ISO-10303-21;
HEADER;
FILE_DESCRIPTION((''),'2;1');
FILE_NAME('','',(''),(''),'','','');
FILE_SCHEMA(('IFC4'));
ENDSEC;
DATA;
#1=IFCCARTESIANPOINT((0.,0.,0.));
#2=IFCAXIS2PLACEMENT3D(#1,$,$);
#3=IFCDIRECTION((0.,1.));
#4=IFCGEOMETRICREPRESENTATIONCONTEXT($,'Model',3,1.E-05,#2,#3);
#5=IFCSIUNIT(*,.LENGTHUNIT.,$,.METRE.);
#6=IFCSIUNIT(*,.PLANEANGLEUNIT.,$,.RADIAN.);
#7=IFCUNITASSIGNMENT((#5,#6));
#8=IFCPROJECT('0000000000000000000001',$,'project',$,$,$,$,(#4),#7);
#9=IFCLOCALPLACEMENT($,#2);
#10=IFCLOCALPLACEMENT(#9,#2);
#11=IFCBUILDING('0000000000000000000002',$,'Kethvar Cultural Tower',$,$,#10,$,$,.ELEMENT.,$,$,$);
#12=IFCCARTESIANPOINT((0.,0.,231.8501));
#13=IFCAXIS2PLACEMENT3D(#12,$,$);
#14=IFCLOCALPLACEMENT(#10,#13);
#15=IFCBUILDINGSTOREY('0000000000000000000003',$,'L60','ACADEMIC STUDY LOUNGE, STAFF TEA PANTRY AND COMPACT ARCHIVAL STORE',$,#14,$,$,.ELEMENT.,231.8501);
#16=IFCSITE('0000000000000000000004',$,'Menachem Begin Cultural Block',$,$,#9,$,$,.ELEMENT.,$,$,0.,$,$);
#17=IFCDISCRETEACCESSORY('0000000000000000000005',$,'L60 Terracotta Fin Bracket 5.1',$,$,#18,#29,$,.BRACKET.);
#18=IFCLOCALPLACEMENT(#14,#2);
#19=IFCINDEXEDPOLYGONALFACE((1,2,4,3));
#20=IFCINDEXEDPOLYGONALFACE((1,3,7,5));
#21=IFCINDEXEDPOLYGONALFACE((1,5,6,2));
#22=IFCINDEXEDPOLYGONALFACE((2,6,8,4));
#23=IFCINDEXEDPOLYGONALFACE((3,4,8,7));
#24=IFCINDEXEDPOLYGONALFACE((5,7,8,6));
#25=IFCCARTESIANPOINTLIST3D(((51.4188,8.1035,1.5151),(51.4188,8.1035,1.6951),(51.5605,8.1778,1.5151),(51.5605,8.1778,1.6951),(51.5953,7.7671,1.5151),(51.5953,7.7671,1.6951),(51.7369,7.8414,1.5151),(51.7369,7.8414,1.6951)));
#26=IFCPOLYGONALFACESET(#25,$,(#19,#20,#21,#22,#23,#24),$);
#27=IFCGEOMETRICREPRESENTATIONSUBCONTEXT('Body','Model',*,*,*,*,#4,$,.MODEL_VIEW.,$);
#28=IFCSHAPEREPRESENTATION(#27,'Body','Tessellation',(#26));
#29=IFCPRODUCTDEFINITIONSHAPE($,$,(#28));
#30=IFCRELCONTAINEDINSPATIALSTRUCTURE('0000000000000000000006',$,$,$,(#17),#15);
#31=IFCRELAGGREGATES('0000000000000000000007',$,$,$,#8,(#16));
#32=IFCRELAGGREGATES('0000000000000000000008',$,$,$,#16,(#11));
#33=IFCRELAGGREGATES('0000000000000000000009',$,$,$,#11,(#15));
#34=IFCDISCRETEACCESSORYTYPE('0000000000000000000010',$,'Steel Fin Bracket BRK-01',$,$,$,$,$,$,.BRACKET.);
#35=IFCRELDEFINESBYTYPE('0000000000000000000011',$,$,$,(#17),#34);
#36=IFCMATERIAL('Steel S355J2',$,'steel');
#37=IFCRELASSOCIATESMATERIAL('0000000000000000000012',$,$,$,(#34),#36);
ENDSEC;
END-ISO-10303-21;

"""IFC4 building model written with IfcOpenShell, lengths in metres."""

from ifc_helpers import new_model, si_unit, direction, frame, origin, origin_2d, place, context, subcontext, project, spatial, rectangle, extrude, source, transform, mapped, material, type_object, element, save


model = new_model("IFC4")

# Units and contexts
model_context = context("Model", 3, precision=1e-05, world=origin(), true_north=direction((0.0, 1.0)))
body_context = subcontext(model_context, "Body", "Model", "MODEL_VIEW")
ifc_project = project(units=[si_unit("LENGTHUNIT", "METRE"), si_unit("PLANEANGLEUNIT", "RADIAN")], contexts=[model_context])

# Site, building, storey
site_placement = place(None, origin())
site = spatial("IfcSite", under=ifc_project, at=site_placement, Name="Menachem Begin Cultural Block", CompositionType="ELEMENT", RefElevation=0.0)
building_placement = place(site_placement, origin())
building = spatial("IfcBuilding", under=site, at=building_placement, Name="Kethvar Cultural Tower", CompositionType="ELEMENT")
storey_placement = place(building_placement, frame((0.0, 0.0, 231.8501)))
storey = spatial("IfcBuildingStorey", under=building, at=storey_placement, Name="L60", Description="ACADEMIC STUDY LOUNGE, STAFF TEA PANTRY AND COMPACT ARCHIVAL STORE", CompositionType="ELEMENT", Elevation=231.8501)

# Shared definitions
ifc_material_1 = material(Name="Steel S355J2", Category="steel")

# Discrete accessory
discrete_accessory_type = type_object("IfcDiscreteAccessoryType", Name="Steel Fin Bracket BRK-01", PredefinedType="BRACKET", material=ifc_material_1)
shared_shape_1 = source(origin(), body_context, "Body", "SweptSolid", [
    extrude(rectangle(XDim=0.3799, YDim=0.1599, at=origin_2d()), origin(), (0.0, 0.0, 1.0), 0.1799),
])
for number, where, z_axis, x_axis, name in (
    (1, (51.5779, 7.9724, 1.5151), (0.0, 0.0, 1.0), (0.464533, -0.885556, 0.0), "L60 Terracotta Fin Bracket 5.1"),
):
    element("IfcDiscreteAccessory", number, at=place(storey_placement, frame(where, z_axis=z_axis, x_axis=x_axis)), inside=storey, type_object=discrete_accessory_type, Name=name, PredefinedType="BRACKET", context=body_context, shape_type="MappedRepresentation", body=[
        mapped(shared_shape_1, transform((0.0, 0.0, 0.0), scale=1.0)),
    ])

save(model, "model.ifc")
